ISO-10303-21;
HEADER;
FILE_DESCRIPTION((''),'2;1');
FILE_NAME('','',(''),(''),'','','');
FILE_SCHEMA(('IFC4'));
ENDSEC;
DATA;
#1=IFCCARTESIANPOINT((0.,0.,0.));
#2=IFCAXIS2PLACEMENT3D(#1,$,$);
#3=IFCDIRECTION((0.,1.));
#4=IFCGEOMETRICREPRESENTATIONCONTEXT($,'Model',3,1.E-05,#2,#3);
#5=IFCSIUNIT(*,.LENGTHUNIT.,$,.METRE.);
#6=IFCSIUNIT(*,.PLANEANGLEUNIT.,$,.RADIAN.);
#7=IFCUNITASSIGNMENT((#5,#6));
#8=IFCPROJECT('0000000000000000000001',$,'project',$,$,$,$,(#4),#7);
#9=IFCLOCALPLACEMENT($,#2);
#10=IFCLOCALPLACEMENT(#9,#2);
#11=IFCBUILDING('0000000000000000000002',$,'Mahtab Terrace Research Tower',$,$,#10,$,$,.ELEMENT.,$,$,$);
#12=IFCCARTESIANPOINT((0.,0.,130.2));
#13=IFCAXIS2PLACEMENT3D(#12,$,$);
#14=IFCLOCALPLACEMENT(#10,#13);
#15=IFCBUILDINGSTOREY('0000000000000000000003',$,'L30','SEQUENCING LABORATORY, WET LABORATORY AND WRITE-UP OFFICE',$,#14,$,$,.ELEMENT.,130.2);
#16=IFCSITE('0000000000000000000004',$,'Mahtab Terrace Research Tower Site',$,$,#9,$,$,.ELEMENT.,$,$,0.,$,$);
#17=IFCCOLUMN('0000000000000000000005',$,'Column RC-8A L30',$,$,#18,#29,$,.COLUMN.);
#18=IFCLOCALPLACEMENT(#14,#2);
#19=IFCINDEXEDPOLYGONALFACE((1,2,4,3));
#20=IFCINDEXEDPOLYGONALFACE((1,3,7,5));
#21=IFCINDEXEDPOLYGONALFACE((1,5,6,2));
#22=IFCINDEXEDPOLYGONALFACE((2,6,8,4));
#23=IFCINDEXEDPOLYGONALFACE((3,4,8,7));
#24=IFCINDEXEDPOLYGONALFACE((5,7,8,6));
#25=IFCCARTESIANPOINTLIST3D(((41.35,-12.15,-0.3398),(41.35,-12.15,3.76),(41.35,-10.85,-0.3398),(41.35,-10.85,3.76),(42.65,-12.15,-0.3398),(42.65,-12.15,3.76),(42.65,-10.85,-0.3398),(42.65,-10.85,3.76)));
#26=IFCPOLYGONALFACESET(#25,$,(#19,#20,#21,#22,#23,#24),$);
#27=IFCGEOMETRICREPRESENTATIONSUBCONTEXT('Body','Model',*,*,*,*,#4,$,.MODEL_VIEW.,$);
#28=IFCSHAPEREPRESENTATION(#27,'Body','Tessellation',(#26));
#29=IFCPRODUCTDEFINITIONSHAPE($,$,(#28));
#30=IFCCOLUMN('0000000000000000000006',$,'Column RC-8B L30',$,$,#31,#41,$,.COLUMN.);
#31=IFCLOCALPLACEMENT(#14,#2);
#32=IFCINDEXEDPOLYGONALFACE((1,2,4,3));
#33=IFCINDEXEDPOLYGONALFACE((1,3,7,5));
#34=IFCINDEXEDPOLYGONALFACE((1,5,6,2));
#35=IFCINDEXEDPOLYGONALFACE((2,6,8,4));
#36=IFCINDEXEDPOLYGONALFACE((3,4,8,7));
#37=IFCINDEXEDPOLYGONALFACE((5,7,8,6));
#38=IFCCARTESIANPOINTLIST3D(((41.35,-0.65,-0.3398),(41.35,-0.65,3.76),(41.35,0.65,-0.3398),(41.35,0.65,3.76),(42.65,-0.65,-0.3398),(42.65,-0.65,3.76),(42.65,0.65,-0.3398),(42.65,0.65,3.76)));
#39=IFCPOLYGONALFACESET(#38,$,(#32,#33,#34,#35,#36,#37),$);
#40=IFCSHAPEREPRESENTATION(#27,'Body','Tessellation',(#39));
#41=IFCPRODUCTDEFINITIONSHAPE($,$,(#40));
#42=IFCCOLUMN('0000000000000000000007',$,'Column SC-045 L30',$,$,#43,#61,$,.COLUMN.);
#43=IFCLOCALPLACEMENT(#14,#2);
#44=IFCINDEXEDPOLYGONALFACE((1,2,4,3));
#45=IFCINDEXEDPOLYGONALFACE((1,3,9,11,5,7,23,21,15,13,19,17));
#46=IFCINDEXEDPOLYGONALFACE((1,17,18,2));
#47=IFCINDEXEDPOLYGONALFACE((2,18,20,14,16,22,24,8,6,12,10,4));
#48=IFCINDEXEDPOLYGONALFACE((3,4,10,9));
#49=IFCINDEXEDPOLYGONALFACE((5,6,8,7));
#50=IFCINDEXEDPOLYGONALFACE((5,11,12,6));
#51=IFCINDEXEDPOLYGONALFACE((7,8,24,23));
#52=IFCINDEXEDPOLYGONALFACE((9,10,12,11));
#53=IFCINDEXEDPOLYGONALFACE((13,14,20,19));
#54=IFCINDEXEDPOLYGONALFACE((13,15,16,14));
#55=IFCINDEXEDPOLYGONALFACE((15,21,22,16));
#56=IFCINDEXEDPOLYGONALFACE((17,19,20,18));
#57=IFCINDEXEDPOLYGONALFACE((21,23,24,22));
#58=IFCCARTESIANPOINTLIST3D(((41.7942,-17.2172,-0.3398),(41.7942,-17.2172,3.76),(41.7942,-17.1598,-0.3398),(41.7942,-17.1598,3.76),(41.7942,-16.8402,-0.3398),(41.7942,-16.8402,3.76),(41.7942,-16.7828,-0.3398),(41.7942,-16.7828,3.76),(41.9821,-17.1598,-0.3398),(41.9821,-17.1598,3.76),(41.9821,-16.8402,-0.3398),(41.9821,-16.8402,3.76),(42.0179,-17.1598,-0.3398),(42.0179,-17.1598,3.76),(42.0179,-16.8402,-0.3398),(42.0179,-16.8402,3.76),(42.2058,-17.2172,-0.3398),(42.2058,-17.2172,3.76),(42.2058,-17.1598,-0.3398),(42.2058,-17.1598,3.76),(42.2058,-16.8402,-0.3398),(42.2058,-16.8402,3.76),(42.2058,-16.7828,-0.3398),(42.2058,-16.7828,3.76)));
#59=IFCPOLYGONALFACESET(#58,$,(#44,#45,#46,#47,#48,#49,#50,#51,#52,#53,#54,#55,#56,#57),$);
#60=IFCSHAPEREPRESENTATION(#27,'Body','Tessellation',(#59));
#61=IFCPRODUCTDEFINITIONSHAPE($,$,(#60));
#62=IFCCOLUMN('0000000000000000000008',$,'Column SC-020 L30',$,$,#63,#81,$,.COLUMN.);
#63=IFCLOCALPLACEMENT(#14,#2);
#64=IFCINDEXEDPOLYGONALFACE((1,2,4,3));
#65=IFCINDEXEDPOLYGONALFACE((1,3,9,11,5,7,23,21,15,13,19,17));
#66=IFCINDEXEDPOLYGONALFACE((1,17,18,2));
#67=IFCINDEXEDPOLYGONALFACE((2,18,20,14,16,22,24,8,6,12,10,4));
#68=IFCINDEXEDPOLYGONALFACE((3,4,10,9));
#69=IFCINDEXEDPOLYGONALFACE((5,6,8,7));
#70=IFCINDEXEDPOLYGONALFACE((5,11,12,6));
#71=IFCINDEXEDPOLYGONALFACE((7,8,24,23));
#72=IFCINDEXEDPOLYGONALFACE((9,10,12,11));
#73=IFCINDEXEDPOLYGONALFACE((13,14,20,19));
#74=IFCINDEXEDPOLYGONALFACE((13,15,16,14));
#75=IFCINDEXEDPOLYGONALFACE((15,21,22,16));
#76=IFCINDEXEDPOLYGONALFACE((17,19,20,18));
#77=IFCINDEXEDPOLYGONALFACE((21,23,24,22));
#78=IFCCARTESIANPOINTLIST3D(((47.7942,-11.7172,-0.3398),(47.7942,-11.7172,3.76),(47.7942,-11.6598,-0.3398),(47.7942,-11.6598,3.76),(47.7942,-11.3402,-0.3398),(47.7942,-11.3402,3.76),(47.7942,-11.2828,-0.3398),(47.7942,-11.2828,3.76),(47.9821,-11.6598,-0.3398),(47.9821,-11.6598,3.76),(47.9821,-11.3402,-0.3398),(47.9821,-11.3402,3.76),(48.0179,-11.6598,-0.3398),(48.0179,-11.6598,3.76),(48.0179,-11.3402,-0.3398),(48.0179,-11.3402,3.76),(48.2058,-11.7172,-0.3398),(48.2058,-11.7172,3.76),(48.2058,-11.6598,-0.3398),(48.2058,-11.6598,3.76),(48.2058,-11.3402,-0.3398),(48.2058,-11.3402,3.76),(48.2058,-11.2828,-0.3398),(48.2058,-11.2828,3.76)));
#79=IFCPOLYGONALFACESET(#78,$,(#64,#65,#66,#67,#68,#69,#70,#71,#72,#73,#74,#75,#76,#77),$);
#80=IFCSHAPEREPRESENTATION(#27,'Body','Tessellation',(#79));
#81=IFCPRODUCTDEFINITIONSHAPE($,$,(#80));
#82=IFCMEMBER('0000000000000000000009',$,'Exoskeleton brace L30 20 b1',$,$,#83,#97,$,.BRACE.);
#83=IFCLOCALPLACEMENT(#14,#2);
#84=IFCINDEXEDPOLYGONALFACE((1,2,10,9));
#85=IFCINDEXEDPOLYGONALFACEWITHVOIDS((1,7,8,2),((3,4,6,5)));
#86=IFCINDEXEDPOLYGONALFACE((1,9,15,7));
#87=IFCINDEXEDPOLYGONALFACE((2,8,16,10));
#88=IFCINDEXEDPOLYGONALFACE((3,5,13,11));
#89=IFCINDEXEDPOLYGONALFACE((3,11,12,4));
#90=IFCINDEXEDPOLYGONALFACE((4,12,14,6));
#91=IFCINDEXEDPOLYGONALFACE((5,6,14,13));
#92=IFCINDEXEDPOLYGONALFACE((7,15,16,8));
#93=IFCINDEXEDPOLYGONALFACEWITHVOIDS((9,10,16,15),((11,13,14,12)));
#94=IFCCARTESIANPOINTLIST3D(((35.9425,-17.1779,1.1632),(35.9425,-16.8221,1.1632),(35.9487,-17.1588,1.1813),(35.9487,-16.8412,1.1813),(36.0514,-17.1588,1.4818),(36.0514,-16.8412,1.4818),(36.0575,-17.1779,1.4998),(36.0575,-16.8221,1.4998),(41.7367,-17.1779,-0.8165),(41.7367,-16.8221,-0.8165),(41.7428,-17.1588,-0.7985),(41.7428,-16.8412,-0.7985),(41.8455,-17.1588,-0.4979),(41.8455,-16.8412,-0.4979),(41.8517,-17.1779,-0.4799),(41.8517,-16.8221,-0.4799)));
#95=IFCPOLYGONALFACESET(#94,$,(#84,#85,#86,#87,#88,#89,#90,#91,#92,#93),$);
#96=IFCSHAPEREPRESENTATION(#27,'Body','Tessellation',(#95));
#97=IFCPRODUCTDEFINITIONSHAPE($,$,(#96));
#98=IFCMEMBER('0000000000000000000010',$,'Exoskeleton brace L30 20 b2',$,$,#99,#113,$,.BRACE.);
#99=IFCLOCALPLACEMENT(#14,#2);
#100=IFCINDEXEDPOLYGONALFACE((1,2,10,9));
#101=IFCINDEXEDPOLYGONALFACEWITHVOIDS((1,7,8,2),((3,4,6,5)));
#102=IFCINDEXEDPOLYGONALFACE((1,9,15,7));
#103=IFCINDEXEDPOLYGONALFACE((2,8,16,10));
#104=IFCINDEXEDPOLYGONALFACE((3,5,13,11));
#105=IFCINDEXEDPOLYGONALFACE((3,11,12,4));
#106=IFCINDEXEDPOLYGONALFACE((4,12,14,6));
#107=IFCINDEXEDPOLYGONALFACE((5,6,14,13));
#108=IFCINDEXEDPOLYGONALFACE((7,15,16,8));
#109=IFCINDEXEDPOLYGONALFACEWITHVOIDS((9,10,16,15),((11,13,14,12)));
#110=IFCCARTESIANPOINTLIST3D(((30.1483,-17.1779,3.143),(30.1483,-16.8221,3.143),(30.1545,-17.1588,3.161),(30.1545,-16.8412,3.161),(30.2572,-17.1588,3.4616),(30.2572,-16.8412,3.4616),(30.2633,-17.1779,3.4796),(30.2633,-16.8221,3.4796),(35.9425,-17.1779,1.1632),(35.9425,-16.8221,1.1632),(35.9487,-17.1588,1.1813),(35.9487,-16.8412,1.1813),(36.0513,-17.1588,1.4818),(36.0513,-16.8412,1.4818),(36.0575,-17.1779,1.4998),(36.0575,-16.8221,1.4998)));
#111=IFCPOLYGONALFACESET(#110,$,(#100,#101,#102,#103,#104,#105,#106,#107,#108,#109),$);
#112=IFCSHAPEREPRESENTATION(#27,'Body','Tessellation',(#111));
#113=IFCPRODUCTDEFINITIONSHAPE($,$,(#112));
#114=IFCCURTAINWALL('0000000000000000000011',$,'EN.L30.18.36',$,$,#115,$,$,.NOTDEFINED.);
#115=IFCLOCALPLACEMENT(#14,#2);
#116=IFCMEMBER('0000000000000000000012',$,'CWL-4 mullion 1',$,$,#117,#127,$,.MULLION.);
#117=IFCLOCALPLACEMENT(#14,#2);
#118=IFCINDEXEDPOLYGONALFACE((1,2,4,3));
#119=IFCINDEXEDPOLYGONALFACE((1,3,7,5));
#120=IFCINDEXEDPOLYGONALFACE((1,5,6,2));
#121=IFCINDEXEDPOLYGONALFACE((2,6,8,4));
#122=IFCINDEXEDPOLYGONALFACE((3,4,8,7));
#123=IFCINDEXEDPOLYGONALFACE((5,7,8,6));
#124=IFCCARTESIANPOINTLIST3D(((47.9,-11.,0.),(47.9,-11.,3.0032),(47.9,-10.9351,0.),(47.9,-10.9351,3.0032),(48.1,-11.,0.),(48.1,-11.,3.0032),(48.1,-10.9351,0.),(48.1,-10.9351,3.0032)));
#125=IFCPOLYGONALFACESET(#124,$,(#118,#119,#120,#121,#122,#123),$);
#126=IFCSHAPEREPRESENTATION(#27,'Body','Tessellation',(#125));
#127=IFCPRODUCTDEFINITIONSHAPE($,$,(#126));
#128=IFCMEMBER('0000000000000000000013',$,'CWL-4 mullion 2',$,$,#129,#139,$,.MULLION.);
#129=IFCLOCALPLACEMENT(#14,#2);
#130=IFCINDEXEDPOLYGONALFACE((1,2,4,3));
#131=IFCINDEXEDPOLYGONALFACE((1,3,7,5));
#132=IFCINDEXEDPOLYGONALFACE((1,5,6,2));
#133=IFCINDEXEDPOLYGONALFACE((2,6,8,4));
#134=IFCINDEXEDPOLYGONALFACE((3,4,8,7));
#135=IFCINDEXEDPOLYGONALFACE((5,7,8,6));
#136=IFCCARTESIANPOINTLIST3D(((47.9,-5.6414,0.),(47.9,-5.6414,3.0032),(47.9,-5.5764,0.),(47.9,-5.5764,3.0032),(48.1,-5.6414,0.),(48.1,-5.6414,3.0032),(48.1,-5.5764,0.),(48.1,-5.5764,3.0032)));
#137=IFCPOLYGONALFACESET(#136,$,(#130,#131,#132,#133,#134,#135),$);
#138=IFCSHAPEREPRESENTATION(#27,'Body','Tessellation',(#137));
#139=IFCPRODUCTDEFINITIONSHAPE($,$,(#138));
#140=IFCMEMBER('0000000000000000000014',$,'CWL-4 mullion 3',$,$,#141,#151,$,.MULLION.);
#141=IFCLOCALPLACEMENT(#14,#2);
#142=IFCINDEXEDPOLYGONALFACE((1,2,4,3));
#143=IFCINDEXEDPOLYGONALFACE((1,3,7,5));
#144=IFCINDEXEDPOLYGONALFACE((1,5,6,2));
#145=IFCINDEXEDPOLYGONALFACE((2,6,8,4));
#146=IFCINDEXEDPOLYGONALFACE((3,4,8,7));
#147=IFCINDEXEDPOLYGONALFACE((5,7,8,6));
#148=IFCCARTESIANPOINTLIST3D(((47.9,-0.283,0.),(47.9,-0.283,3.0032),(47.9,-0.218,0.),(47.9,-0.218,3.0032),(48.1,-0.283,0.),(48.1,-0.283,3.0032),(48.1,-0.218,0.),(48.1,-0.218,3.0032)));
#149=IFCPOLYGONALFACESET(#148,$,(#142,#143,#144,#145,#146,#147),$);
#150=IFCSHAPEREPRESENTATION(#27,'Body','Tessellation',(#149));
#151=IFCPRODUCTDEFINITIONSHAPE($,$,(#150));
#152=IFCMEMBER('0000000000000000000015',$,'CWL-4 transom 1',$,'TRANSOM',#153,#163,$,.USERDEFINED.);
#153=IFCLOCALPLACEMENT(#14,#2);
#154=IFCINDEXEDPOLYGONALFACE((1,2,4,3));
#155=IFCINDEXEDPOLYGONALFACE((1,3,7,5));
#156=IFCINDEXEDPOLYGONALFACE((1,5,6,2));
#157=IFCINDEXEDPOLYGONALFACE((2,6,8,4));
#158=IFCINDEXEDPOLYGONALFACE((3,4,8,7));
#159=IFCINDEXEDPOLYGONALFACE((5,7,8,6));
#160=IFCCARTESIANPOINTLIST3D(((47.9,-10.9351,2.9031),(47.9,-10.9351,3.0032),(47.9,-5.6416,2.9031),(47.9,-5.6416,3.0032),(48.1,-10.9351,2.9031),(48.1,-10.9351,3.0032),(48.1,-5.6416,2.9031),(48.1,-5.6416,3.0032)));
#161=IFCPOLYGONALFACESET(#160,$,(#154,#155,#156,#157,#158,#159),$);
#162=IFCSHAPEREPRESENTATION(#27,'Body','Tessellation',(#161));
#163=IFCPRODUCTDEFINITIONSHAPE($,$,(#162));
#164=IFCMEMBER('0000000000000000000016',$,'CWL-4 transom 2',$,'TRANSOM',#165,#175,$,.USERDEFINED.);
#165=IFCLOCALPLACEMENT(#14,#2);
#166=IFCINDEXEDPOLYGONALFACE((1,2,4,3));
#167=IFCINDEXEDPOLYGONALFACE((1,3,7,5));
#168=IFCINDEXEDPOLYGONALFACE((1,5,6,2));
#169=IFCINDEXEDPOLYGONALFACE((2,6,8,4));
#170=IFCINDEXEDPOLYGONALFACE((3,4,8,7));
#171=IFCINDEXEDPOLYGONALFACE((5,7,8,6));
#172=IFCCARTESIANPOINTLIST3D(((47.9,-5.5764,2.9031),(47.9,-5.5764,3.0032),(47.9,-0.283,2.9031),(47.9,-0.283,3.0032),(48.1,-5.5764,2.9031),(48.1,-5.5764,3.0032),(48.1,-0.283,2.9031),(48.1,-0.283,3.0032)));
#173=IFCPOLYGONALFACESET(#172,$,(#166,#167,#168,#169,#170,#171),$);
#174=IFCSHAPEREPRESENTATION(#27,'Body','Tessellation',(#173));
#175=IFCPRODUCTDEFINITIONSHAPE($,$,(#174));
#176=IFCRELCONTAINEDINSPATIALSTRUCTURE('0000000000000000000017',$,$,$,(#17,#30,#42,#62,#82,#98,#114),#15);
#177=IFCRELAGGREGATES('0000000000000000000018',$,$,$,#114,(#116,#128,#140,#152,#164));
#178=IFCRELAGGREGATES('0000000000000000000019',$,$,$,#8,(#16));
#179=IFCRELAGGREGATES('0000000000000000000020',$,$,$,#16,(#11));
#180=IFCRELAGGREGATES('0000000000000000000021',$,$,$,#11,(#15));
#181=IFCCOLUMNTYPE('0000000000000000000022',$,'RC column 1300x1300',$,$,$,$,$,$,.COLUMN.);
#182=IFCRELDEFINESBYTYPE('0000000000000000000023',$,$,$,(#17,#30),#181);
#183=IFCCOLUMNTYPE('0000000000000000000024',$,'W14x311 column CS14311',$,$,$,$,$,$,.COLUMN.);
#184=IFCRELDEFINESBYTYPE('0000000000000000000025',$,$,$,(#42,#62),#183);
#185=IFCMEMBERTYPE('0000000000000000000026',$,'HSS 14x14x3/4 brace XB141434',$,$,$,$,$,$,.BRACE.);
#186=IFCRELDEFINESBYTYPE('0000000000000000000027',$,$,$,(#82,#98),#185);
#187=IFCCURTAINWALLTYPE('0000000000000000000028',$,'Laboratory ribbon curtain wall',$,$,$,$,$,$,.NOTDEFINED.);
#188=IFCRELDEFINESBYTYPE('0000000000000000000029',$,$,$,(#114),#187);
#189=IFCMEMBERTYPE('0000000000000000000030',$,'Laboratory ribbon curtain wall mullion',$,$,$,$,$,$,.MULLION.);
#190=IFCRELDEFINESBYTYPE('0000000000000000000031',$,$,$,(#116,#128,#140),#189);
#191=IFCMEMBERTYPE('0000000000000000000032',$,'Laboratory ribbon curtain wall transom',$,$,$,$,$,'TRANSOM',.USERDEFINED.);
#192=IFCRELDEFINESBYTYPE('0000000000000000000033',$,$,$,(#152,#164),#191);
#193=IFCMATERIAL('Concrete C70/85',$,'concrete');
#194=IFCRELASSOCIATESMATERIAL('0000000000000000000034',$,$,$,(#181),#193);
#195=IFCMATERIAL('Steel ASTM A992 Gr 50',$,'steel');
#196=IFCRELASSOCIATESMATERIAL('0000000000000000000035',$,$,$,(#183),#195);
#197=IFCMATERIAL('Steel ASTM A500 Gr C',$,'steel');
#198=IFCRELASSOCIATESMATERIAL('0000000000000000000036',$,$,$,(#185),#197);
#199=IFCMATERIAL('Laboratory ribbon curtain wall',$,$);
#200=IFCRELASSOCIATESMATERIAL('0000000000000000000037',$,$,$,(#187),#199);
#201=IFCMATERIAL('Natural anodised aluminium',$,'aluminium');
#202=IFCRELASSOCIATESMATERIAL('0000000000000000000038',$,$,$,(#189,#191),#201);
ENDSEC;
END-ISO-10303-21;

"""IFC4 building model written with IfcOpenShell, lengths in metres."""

from ifc_helpers import new_model, si_unit, direction, frame, origin, origin_2d, place, context, subcontext, project, spatial, rectangle, hollow_rectangle, i_section, extrude, material, material_profile, profile_set, type_object, element, aggregate, save


model = new_model("IFC4")

# Units and contexts
model_context = context("Model", 3, precision=1e-05, world=origin(), true_north=direction((0.0, 1.0)))
body_context = subcontext(model_context, "Body", "Model", "MODEL_VIEW")
ifc_project = project(units=[si_unit("LENGTHUNIT", "METRE"), si_unit("PLANEANGLEUNIT", "RADIAN")], contexts=[model_context])

# Site, building, storey
site_placement = place(None, origin())
site = spatial("IfcSite", under=ifc_project, at=site_placement, Name="Mahtab Terrace Research Tower Site", CompositionType="ELEMENT", RefElevation=0.0)
building_placement = place(site_placement, origin())
building = spatial("IfcBuilding", under=site, at=building_placement, Name="Mahtab Terrace Research Tower", CompositionType="ELEMENT")
storey_placement = place(building_placement, frame((0.0, 0.0, 130.2)))
storey = spatial("IfcBuildingStorey", under=building, at=storey_placement, Name="L30", Description="SEQUENCING LABORATORY, WET LABORATORY AND WRITE-UP OFFICE", CompositionType="ELEMENT", Elevation=130.2)

# Columns
ifc_material_1 = material(Name="Concrete C70/85", Category="concrete")
ifc_material_profile_1 = material_profile(ifc_material_1, rectangle(XDim=1.3, YDim=1.3, at=origin_2d()), Name="RC column 1300x1300")
ifc_profile_set_1 = profile_set([ifc_material_profile_1], Name="Concrete C70/85")
column_type_1 = type_object("IfcColumnType", Name="RC column 1300x1300", PredefinedType="COLUMN", material=ifc_profile_set_1)
for number, where, z_axis, x_axis, name in (
    (1, (42.0, -11.5, -0.3398), (0.0, 0.0, 1.0), (1.0, 0.0, 0.0), "Column RC-8A L30"),
    (2, (42.0, 0.0, -0.3398), (0.0, 0.0, 1.0), (1.0, 0.0, 0.0), "Column RC-8B L30"),
):
    element("IfcColumn", number, at=place(storey_placement, frame(where, z_axis=z_axis, x_axis=x_axis)), inside=storey, type_object=column_type_1, Name=name, PredefinedType="COLUMN", context=body_context, shape_type="SweptSolid", body=[
        extrude(rectangle(XDim=1.3, YDim=1.3, at=origin_2d()), origin(), (0.0, 0.0, 1.0), 4.0999),
    ])
ifc_material_2 = material(Name="Steel ASTM A992 Gr 50", Category="steel")
ifc_material_profile_2 = material_profile(ifc_material_2, i_section(OverallWidth=0.4116, OverallDepth=0.4343, WebThickness=0.0359, FlangeThickness=0.0574, at=origin_2d()), Name="W14X311")
ifc_profile_set_2 = profile_set([ifc_material_profile_2], Name="Steel ASTM A992 Gr 50")
column_type_2 = type_object("IfcColumnType", Name="W14x311 column CS14311", PredefinedType="COLUMN", material=ifc_profile_set_2)
for number, where, z_axis, x_axis, name in (
    (3, (42.0, -17.0, -0.3398), (0.0, 0.0, 1.0), (1.0, 0.0, 0.0), "Column SC-045 L30"),
    (4, (48.0, -11.5, -0.3398), (0.0, 0.0, 1.0), (1.0, 0.0, 0.0), "Column SC-020 L30"),
):
    element("IfcColumn", number, at=place(storey_placement, frame(where, z_axis=z_axis, x_axis=x_axis)), inside=storey, type_object=column_type_2, Name=name, PredefinedType="COLUMN", context=body_context, shape_type="SweptSolid", body=[
        extrude(i_section(OverallWidth=0.4116, OverallDepth=0.4343, WebThickness=0.0359, FlangeThickness=0.0574, at=origin_2d()), origin(), (0.0, 0.0, 1.0), 4.0999),
    ])

# Members
ifc_material_3 = material(Name="Steel ASTM A500 Gr C", Category="steel")
ifc_material_profile_3 = material_profile(ifc_material_3, hollow_rectangle(XDim=0.3557, YDim=0.3557, WallThickness=0.019, at=origin_2d()), Name="HSS14X14X3/4")
ifc_profile_set_3 = profile_set([ifc_material_profile_3], Name="Steel ASTM A500 Gr C")
member_type_1 = type_object("IfcMemberType", Name="HSS 14x14x3/4 brace XB141434", PredefinedType="BRACE", material=ifc_profile_set_3)
for number, where, z_axis, x_axis, name in (
    (5, (41.7942, -17.0, -0.6482), (-0.946288, 0.0, 0.323324), (0.0, -1.0, 0.0), "Exoskeleton brace L30 20 b1"),
    (6, (36.0, -17.0, 1.3315), (-0.946288, 0.0, 0.323324), (0.0, -1.0, 0.0), "Exoskeleton brace L30 20 b2"),
):
    element("IfcMember", number, at=place(storey_placement, frame(where, z_axis=z_axis, x_axis=x_axis)), inside=storey, type_object=member_type_1, Name=name, PredefinedType="BRACE", context=body_context, shape_type="SweptSolid", body=[
        extrude(hollow_rectangle(XDim=0.3557, YDim=0.3557, WallThickness=0.019, at=origin_2d()), origin(), (0.0, 0.0, 1.0), 6.123),
    ])

# Curtain wall, members
ifc_material_4 = material(Name="Laboratory ribbon curtain wall")
curtain_wall_type = type_object("IfcCurtainWallType", Name="Laboratory ribbon curtain wall", PredefinedType="NOTDEFINED", material=ifc_material_4)
curtain_wall_placement = place(storey_placement, origin())
curtain_wall = element("IfcCurtainWall", 7, at=curtain_wall_placement, inside=storey, type_object=curtain_wall_type, Name="EN.L30.18.36", PredefinedType="NOTDEFINED")
ifc_material_5 = material(Name="Natural anodised aluminium", Category="aluminium")
ifc_material_profile_4 = material_profile(ifc_material_5, rectangle(XDim=0.2, YDim=0.0649, at=origin_2d()), Name="MULLION 65x200")
ifc_profile_set_4 = profile_set([ifc_material_profile_4], Name="Natural anodised aluminium")
member_type_2 = type_object("IfcMemberType", Name="Laboratory ribbon curtain wall mullion", PredefinedType="MULLION", material=ifc_profile_set_4)
member_1_placement = place(storey_placement, frame((48.0, -10.9675, 0.0), z_axis=(0.0, 0.0, 1.0), x_axis=(-1.0, 0.0, 0.0)))
member_1 = element("IfcMember", 8, at=member_1_placement, type_object=member_type_2, Name="CWL-4 mullion 1", PredefinedType="MULLION", context=body_context, shape_type="SweptSolid", body=[
    extrude(rectangle(XDim=0.2, YDim=0.0649, at=origin_2d()), origin(), (0.0, 0.0, 1.0), 3.0032),
])
member_2_placement = place(storey_placement, frame((48.0, -5.6089, 0.0), z_axis=(0.0, 0.0, 1.0), x_axis=(-1.0, 0.0, 0.0)))
member_2 = element("IfcMember", 9, at=member_2_placement, type_object=member_type_2, Name="CWL-4 mullion 2", PredefinedType="MULLION", context=body_context, shape_type="SweptSolid", body=[
    extrude(rectangle(XDim=0.2, YDim=0.0649, at=origin_2d()), origin(), (0.0, 0.0, 1.0), 3.0032),
])
member_3_placement = place(storey_placement, frame((48.0, -0.2505, 0.0), z_axis=(0.0, 0.0, 1.0), x_axis=(-1.0, 0.0, 0.0)))
member_3 = element("IfcMember", 10, at=member_3_placement, type_object=member_type_2, Name="CWL-4 mullion 3", PredefinedType="MULLION", context=body_context, shape_type="SweptSolid", body=[
    extrude(rectangle(XDim=0.2, YDim=0.0649, at=origin_2d()), origin(), (0.0, 0.0, 1.0), 3.0032),
])
ifc_material_profile_5 = material_profile(ifc_material_5, rectangle(XDim=0.2, YDim=0.1001, at=origin_2d()), Name="TRANSOM 100x200")
ifc_profile_set_5 = profile_set([ifc_material_profile_5], Name="Natural anodised aluminium")
member_type_3 = type_object("IfcMemberType", Name="Laboratory ribbon curtain wall transom", ElementType="TRANSOM", PredefinedType="USERDEFINED", material=ifc_profile_set_5)
member_4_placement = place(storey_placement, frame((48.0, -10.9351, 2.9531), z_axis=(0.0, 1.0, 0.0), x_axis=(-1.0, 0.0, 0.0)))
member_4 = element("IfcMember", 11, at=member_4_placement, type_object=member_type_3, Name="CWL-4 transom 1", ObjectType="TRANSOM", PredefinedType="USERDEFINED", context=body_context, shape_type="SweptSolid", body=[
    extrude(rectangle(XDim=0.2, YDim=0.1001, at=origin_2d()), origin(), (0.0, 0.0, 1.0), 5.2935),
])
member_5_placement = place(storey_placement, frame((48.0, -5.5764, 2.9531), z_axis=(0.0, 1.0, 0.0), x_axis=(-1.0, 0.0, 0.0)))
member_5 = element("IfcMember", 12, at=member_5_placement, type_object=member_type_3, Name="CWL-4 transom 2", ObjectType="TRANSOM", PredefinedType="USERDEFINED", context=body_context, shape_type="SweptSolid", body=[
    extrude(rectangle(XDim=0.2, YDim=0.1001, at=origin_2d()), origin(), (0.0, 0.0, 1.0), 5.2935),
])

aggregate(curtain_wall, [member_1, member_2, member_3, member_4, member_5])

save(model, "model.ifc")
